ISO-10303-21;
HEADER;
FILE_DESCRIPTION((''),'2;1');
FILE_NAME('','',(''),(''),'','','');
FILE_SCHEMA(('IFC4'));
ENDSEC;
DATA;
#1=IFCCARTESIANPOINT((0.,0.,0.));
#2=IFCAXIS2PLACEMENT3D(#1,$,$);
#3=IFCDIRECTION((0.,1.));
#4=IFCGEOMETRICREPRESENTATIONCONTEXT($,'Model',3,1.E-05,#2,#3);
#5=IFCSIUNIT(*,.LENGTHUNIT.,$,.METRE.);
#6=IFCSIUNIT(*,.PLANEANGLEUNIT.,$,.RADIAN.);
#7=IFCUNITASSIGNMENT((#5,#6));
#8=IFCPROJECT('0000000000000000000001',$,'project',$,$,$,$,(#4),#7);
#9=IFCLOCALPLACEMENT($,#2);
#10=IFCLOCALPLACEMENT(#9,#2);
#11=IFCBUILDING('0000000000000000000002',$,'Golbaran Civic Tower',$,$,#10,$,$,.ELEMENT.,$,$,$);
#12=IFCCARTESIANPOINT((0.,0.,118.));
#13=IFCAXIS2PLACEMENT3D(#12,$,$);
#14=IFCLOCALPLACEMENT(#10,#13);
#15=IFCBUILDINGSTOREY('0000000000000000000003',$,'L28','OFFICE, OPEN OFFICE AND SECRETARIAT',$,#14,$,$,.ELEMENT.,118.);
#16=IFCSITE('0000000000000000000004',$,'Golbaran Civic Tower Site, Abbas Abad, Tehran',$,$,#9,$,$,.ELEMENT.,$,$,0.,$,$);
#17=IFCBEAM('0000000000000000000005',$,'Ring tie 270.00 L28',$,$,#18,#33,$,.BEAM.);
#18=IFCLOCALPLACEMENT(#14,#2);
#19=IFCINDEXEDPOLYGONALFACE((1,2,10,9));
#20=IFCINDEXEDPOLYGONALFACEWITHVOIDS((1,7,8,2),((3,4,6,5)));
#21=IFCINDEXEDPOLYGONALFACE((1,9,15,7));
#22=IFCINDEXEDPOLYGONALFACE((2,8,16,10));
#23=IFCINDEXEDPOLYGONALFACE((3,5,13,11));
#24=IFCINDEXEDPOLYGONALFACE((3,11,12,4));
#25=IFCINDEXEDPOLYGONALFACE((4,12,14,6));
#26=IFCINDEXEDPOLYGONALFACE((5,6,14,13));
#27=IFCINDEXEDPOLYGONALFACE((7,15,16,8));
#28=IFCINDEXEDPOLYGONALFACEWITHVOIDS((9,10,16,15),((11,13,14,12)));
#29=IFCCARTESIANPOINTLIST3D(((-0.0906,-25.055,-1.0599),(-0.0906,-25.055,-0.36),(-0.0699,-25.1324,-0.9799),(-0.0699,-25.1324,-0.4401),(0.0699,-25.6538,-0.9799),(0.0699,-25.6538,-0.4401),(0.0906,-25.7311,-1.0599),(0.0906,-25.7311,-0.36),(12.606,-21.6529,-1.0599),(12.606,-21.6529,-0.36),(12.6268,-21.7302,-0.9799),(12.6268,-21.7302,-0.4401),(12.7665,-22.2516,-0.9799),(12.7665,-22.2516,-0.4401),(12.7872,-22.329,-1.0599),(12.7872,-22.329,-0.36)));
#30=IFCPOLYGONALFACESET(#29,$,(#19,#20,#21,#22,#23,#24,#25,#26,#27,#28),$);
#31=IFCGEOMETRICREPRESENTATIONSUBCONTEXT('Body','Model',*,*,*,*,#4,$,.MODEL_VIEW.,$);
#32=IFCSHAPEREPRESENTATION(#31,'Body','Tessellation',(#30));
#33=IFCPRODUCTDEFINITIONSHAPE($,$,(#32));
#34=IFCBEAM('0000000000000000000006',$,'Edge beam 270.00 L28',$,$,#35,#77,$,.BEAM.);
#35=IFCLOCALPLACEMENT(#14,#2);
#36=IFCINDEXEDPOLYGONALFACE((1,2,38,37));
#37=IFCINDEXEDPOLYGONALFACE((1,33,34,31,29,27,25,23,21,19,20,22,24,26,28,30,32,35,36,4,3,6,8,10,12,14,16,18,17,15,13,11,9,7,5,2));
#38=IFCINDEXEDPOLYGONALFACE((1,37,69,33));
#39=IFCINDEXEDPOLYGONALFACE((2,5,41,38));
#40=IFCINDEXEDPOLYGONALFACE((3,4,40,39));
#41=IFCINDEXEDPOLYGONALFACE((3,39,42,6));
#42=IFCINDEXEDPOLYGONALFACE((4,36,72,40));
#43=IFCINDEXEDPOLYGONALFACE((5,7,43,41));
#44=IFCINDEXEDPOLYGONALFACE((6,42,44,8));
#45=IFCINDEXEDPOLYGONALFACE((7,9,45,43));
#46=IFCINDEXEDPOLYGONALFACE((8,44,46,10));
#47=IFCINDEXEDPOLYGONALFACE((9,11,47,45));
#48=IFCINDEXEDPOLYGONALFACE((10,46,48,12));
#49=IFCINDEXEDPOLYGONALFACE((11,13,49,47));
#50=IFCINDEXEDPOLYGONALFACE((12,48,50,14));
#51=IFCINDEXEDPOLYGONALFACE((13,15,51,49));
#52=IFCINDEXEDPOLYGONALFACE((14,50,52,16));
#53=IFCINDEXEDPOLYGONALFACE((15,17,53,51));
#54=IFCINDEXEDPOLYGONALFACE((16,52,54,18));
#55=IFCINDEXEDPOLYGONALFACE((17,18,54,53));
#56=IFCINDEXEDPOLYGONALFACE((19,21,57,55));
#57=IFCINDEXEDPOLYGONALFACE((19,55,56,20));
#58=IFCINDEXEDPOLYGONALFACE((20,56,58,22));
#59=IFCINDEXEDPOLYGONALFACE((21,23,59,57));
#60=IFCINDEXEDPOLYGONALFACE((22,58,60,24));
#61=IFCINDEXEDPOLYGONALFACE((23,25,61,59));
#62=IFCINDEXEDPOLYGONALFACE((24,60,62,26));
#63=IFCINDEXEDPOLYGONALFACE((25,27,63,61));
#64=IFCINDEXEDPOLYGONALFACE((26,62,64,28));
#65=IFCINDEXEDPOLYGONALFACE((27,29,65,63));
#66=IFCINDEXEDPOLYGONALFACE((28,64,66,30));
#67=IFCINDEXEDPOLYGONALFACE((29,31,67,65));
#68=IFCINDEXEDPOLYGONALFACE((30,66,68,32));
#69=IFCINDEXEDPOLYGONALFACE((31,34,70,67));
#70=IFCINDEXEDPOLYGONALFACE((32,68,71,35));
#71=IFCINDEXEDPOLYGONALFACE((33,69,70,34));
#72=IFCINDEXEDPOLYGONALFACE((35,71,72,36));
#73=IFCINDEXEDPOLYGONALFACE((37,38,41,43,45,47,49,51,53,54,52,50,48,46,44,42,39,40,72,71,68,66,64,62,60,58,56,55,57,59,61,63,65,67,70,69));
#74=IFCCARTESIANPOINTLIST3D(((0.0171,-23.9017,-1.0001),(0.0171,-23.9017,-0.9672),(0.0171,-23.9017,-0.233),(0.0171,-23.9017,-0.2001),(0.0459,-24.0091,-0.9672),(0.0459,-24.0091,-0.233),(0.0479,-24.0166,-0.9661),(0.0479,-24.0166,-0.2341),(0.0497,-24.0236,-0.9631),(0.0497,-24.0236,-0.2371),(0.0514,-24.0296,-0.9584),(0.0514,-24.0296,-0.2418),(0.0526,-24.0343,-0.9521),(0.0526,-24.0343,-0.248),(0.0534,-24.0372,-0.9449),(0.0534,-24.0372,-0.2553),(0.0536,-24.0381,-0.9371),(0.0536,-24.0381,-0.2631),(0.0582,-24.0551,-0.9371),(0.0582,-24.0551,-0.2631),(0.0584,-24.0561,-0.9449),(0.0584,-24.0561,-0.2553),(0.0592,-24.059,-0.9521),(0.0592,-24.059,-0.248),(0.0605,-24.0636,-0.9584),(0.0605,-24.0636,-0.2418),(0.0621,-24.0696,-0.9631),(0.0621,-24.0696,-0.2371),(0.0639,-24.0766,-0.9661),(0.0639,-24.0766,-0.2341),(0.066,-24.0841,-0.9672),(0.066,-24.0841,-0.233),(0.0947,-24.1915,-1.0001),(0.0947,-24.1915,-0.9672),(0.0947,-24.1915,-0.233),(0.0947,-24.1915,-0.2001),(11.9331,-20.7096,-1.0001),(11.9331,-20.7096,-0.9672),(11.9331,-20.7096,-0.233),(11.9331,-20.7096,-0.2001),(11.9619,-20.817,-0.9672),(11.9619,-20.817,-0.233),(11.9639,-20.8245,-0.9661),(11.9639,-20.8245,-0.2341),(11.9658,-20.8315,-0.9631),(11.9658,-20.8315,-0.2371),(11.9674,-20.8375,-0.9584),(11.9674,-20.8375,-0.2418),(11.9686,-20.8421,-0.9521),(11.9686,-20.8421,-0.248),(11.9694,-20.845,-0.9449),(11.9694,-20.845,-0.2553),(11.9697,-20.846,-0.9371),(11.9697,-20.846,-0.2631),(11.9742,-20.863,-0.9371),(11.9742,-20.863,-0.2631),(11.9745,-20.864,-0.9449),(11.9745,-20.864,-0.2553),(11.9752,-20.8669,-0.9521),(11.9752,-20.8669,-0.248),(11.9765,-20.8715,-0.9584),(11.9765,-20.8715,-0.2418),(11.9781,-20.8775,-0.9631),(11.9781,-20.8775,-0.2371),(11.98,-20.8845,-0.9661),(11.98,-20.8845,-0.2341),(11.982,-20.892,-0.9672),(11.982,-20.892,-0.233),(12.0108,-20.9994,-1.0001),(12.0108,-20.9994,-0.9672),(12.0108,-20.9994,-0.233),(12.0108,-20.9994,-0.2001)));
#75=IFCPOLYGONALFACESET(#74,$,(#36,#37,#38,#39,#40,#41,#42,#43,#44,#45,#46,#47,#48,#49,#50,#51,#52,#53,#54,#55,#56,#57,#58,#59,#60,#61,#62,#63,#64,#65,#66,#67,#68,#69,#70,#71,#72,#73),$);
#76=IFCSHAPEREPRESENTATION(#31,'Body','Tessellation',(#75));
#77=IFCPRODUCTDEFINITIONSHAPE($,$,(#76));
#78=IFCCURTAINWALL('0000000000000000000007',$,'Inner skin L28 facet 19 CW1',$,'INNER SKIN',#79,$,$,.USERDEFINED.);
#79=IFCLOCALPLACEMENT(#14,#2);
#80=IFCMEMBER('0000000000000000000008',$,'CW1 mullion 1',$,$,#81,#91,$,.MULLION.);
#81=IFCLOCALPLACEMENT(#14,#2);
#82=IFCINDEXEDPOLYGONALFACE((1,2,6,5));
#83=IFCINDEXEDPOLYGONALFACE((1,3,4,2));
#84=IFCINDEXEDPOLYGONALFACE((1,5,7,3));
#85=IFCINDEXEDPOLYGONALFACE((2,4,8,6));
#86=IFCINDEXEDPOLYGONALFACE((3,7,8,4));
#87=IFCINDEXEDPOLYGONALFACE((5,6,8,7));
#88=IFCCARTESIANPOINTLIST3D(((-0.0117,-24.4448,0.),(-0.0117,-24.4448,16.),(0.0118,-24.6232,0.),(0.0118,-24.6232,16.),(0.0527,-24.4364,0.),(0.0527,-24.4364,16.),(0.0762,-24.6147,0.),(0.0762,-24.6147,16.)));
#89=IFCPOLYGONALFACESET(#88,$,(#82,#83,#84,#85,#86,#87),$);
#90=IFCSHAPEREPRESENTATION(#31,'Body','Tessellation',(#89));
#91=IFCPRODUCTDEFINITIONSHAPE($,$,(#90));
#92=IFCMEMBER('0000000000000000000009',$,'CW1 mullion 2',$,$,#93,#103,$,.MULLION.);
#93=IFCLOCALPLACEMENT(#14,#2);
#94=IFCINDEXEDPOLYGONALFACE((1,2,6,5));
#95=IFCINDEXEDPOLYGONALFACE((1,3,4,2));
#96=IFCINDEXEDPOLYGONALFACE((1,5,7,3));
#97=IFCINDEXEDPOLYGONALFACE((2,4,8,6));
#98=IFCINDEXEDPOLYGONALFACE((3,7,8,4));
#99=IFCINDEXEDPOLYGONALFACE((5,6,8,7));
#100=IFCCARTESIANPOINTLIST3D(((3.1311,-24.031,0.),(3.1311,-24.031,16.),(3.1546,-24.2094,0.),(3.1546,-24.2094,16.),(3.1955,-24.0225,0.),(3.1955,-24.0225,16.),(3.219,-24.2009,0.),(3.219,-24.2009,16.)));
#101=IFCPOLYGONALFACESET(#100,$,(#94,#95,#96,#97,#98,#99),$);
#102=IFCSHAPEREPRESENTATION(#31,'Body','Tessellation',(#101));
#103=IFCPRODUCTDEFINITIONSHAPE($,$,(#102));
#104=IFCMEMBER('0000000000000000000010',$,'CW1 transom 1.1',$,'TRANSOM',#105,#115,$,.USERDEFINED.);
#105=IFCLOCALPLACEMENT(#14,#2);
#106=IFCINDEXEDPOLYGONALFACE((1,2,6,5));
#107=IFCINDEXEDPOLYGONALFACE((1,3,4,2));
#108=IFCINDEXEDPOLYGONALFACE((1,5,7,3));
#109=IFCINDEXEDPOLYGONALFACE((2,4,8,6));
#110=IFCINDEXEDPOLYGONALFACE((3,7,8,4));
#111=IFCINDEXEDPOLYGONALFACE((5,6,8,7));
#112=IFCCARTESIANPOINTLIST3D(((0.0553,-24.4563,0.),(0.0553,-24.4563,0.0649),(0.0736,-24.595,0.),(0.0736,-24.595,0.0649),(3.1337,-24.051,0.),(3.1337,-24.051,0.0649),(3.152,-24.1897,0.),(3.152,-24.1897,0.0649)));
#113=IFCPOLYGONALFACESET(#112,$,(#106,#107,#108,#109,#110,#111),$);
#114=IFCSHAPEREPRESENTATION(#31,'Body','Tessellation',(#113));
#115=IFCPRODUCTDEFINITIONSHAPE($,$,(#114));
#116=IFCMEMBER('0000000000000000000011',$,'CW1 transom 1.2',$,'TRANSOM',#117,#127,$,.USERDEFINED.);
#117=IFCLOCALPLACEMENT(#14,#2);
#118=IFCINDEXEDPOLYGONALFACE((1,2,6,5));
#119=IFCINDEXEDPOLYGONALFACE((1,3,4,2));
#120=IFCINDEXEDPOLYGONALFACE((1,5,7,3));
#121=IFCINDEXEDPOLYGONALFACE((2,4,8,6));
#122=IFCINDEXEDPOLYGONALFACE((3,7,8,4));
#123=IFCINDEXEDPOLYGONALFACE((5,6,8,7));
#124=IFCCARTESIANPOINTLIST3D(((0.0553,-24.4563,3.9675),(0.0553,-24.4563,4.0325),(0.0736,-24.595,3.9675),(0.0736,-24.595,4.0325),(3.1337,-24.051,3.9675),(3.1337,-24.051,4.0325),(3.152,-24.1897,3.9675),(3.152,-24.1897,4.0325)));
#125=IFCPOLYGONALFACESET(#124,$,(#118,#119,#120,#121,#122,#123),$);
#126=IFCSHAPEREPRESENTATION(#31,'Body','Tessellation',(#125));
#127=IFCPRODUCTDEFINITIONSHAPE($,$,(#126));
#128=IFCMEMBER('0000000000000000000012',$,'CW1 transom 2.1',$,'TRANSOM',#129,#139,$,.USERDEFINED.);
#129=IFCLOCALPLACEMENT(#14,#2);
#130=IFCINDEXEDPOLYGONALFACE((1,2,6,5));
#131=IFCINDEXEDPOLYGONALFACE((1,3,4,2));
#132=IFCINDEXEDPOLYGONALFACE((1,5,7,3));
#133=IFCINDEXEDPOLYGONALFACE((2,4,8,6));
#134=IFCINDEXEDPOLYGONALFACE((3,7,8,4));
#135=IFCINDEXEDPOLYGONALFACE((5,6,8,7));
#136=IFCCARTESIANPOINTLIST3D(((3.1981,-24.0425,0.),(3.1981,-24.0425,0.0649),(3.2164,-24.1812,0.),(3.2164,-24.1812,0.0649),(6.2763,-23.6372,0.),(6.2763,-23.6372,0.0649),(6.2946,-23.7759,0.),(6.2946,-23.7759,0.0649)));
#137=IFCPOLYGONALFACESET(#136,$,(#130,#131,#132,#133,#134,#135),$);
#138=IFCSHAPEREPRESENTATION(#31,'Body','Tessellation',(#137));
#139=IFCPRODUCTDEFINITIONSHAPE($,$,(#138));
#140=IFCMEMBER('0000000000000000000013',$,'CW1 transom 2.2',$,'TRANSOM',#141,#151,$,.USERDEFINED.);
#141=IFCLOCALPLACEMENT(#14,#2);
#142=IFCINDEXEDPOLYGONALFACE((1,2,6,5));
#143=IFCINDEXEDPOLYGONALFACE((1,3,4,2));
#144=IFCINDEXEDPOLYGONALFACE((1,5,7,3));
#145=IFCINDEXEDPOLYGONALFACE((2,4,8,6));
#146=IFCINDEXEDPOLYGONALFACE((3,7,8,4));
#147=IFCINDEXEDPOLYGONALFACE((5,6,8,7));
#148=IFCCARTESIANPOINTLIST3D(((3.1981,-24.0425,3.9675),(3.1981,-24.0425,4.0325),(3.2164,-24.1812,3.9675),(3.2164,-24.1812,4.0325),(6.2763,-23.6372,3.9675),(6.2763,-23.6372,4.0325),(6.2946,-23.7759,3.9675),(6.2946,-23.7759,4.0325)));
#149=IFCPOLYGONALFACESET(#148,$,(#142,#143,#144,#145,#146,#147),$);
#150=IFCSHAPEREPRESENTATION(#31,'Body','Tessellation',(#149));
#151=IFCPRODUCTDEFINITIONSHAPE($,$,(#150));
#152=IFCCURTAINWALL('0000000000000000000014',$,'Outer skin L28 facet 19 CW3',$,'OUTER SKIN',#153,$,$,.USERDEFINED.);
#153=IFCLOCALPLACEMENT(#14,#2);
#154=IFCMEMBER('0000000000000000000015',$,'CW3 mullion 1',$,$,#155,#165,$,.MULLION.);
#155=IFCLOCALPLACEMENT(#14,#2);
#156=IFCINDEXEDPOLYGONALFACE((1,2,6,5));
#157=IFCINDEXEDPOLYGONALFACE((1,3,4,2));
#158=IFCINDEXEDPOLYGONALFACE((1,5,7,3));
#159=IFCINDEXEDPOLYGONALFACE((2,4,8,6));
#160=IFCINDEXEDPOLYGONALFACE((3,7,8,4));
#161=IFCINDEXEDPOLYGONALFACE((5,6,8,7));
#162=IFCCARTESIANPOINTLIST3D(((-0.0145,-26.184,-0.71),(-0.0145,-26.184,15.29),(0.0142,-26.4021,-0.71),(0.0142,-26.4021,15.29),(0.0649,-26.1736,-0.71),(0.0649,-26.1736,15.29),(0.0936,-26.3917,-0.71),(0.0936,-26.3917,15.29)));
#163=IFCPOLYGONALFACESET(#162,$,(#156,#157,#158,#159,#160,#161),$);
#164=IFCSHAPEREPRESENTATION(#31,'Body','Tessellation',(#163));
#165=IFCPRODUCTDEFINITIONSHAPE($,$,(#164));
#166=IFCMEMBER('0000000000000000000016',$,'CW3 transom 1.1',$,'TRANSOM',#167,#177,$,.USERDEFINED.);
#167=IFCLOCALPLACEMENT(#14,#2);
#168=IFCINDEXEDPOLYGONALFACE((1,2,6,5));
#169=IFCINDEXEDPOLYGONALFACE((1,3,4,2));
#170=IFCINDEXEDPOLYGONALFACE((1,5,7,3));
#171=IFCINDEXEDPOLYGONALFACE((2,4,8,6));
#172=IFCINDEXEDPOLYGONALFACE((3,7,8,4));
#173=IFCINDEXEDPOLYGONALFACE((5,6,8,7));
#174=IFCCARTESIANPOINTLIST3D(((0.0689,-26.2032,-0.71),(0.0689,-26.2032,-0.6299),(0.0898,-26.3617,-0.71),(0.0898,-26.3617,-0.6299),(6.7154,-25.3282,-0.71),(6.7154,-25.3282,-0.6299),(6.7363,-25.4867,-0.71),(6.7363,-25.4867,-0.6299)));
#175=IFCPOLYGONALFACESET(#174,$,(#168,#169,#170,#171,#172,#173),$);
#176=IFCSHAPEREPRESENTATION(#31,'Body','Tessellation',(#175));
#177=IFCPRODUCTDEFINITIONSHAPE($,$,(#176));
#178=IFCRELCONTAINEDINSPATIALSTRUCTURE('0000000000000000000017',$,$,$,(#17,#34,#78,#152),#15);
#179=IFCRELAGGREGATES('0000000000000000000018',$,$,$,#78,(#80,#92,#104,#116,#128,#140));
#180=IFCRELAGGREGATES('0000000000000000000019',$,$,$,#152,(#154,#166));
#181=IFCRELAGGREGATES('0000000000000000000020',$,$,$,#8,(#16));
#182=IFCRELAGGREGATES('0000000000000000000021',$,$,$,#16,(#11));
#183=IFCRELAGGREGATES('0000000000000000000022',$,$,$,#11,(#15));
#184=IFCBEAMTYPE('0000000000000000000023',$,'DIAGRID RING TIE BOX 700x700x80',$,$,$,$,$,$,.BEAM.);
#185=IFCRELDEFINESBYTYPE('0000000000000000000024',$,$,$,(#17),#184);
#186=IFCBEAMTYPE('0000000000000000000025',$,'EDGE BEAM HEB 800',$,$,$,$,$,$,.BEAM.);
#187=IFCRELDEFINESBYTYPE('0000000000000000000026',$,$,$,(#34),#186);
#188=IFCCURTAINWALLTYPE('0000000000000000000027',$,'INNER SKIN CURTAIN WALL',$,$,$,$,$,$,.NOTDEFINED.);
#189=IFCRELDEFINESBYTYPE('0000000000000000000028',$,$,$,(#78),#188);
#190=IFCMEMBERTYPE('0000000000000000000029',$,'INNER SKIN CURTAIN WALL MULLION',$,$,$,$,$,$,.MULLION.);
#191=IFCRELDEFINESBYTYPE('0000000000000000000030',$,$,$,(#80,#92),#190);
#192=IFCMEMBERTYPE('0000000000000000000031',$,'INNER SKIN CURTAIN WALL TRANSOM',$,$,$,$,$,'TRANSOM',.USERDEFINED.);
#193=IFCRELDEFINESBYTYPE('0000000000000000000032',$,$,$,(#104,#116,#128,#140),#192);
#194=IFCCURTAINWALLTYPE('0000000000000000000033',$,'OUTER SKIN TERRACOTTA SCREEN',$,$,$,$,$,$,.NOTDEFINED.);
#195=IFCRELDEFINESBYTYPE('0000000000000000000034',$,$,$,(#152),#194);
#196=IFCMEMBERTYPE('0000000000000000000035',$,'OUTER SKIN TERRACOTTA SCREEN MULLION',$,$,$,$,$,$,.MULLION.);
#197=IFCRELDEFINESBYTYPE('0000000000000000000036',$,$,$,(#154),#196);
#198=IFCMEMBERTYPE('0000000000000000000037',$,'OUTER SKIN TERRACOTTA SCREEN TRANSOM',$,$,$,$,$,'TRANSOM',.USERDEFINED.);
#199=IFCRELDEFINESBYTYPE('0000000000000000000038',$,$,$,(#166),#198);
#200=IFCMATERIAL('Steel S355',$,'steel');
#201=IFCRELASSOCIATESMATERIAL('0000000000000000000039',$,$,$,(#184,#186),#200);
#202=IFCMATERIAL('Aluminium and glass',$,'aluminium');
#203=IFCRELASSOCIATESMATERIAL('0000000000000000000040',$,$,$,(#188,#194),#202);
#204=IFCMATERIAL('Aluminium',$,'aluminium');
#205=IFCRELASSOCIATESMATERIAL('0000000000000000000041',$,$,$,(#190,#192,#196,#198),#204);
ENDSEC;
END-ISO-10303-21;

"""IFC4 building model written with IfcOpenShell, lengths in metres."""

from ifc_helpers import new_model, si_unit, direction, frame, origin, origin_2d, place, context, subcontext, project, spatial, rectangle, hollow_rectangle, i_section, extrude, material, material_profile, profile_set, type_object, element, aggregate, save


model = new_model("IFC4")

# Units and contexts
model_context = context("Model", 3, precision=1e-05, world=origin(), true_north=direction((0.0, 1.0)))
body_context = subcontext(model_context, "Body", "Model", "MODEL_VIEW")
ifc_project = project(units=[si_unit("LENGTHUNIT", "METRE"), si_unit("PLANEANGLEUNIT", "RADIAN")], contexts=[model_context])

# Site, building, storey
site_placement = place(None, origin())
site = spatial("IfcSite", under=ifc_project, at=site_placement, Name="Golbaran Civic Tower Site, Abbas Abad, Tehran", CompositionType="ELEMENT", RefElevation=0.0)
building_placement = place(site_placement, origin())
building = spatial("IfcBuilding", under=site, at=building_placement, Name="Golbaran Civic Tower", CompositionType="ELEMENT")
storey_placement = place(building_placement, frame((0.0, 0.0, 118.0)))
storey = spatial("IfcBuildingStorey", under=building, at=storey_placement, Name="L28", Description="OFFICE, OPEN OFFICE AND SECRETARIAT", CompositionType="ELEMENT", Elevation=118.0)

# Beams
ifc_material_1 = material(Name="Steel S355", Category="steel")
ifc_material_profile_1 = material_profile(ifc_material_1, hollow_rectangle(XDim=0.7, YDim=0.7, WallThickness=0.0801, at=origin_2d()), Name="BOX 700x700x80")
ifc_profile_set_1 = profile_set([ifc_material_profile_1], Name="Steel S355")
beam_type_1 = type_object("IfcBeamType", Name="DIAGRID RING TIE BOX 700x700x80", PredefinedType="BEAM", material=ifc_profile_set_1)
beam_1_placement = place(storey_placement, frame((0.0, -25.3931, -0.71), z_axis=(0.965924, 0.258824, 0.0), x_axis=(-0.258824, 0.965924, 0.0)))
element("IfcBeam", 1, at=beam_1_placement, inside=storey, type_object=beam_type_1, Name="Ring tie 270.00 L28", PredefinedType="BEAM", context=body_context, shape_type="SweptSolid", body=[
    extrude(hollow_rectangle(XDim=0.7, YDim=0.7, WallThickness=0.0801, at=origin_2d()), origin(), (0.0, 0.0, 1.0), 13.1445),
])
ifc_material_profile_2 = material_profile(ifc_material_1, i_section(OverallWidth=0.3, OverallDepth=0.8, WebThickness=0.0176, FlangeThickness=0.033, FilletRadius=0.03, at=origin_2d()), Name="HEB 800")
ifc_profile_set_2 = profile_set([ifc_material_profile_2], Name="Steel S355")
beam_type_2 = type_object("IfcBeamType", Name="EDGE BEAM HEB 800", PredefinedType="BEAM", material=ifc_profile_set_2)
beam_2_placement = place(storey_placement, frame((0.0559, -24.0466, -0.6001), z_axis=(0.965941, 0.258762, 0.0), x_axis=(-0.258762, 0.965941, 0.0)))
element("IfcBeam", 2, at=beam_2_placement, inside=storey, type_object=beam_type_2, Name="Edge beam 270.00 L28", PredefinedType="BEAM", context=body_context, shape_type="SweptSolid", body=[
    extrude(i_section(OverallWidth=0.3, OverallDepth=0.8, WebThickness=0.0176, FlangeThickness=0.033, FilletRadius=0.03, at=origin_2d()), origin(), (0.0, 0.0, 1.0), 12.3362),
])

# Curtain walls, members
ifc_material_2 = material(Name="Aluminium and glass", Category="aluminium")
curtain_wall_type_1 = type_object("IfcCurtainWallType", Name="INNER SKIN CURTAIN WALL", PredefinedType="NOTDEFINED", material=ifc_material_2)
curtain_wall_1_placement = place(storey_placement, origin())
curtain_wall_1 = element("IfcCurtainWall", 3, at=curtain_wall_1_placement, inside=storey, type_object=curtain_wall_type_1, Name="Inner skin L28 facet 19 CW1", ObjectType="INNER SKIN", PredefinedType="USERDEFINED")
ifc_material_3 = material(Name="Aluminium", Category="aluminium")
ifc_material_profile_3 = material_profile(ifc_material_3, rectangle(XDim=0.1799, YDim=0.0649, at=origin_2d()), Name="INNER SKIN CURTAIN WALL MULLION")
ifc_profile_set_3 = profile_set([ifc_material_profile_3], Name="Aluminium")
member_type_1 = type_object("IfcMemberType", Name="INNER SKIN CURTAIN WALL MULLION", PredefinedType="MULLION", material=ifc_profile_set_3)
member_1_placement = place(storey_placement, frame((0.0322, -24.5298, 0.0), z_axis=(0.0, 0.0, 1.0), x_axis=(-0.130526, 0.991445, 0.0)))
member_1 = element("IfcMember", 4, at=member_1_placement, type_object=member_type_1, Name="CW1 mullion 1", PredefinedType="MULLION", context=body_context, shape_type="SweptSolid", body=[
    extrude(rectangle(XDim=0.1799, YDim=0.0649, at=origin_2d()), origin(), (0.0, 0.0, 1.0), 16.0),
])
member_2_placement = place(storey_placement, frame((3.175, -24.116, 0.0), z_axis=(0.0, 0.0, 1.0), x_axis=(-0.130526, 0.991445, 0.0)))
member_2 = element("IfcMember", 5, at=member_2_placement, type_object=member_type_1, Name="CW1 mullion 2", PredefinedType="MULLION", context=body_context, shape_type="SweptSolid", body=[
    extrude(rectangle(XDim=0.1799, YDim=0.0649, at=origin_2d()), origin(), (0.0, 0.0, 1.0), 16.0),
])
ifc_material_profile_4 = material_profile(ifc_material_3, rectangle(XDim=0.1399, YDim=0.0649, at=origin_2d()), Name="INNER SKIN CURTAIN WALL TRANSOM")
ifc_profile_set_4 = profile_set([ifc_material_profile_4], Name="Aluminium")
member_type_2 = type_object("IfcMemberType", Name="INNER SKIN CURTAIN WALL TRANSOM", ElementType="TRANSOM", PredefinedType="USERDEFINED", material=ifc_profile_set_4)
member_3_placement = place(storey_placement, frame((0.0645, -24.5256, 0.0325), z_axis=(0.991445, 0.130526, 0.0), x_axis=(-0.130526, 0.991445, 0.0)))
member_3 = element("IfcMember", 6, at=member_3_placement, type_object=member_type_2, Name="CW1 transom 1.1", ObjectType="TRANSOM", PredefinedType="USERDEFINED", context=body_context, shape_type="SweptSolid", body=[
    extrude(rectangle(XDim=0.1399, YDim=0.0649, at=origin_2d()), origin(), (0.0, 0.0, 1.0), 3.105),
])
member_4_placement = place(storey_placement, frame((0.0645, -24.5256, 4.0), z_axis=(0.991445, 0.130526, 0.0), x_axis=(-0.130526, 0.991445, 0.0)))
member_4 = element("IfcMember", 7, at=member_4_placement, type_object=member_type_2, Name="CW1 transom 1.2", ObjectType="TRANSOM", PredefinedType="USERDEFINED", context=body_context, shape_type="SweptSolid", body=[
    extrude(rectangle(XDim=0.1399, YDim=0.0649, at=origin_2d()), origin(), (0.0, 0.0, 1.0), 3.105),
])
member_5_placement = place(storey_placement, frame((3.2073, -24.1118, 0.0325), z_axis=(0.991444, 0.130536, 0.0), x_axis=(-0.130536, 0.991444, 0.0)))
member_5 = element("IfcMember", 8, at=member_5_placement, type_object=member_type_2, Name="CW1 transom 2.1", ObjectType="TRANSOM", PredefinedType="USERDEFINED", context=body_context, shape_type="SweptSolid", body=[
    extrude(rectangle(XDim=0.1399, YDim=0.0649, at=origin_2d()), origin(), (0.0, 0.0, 1.0), 3.1047),
])
member_6_placement = place(storey_placement, frame((3.2073, -24.1118, 4.0), z_axis=(0.991444, 0.130536, 0.0), x_axis=(-0.130536, 0.991444, 0.0)))
member_6 = element("IfcMember", 9, at=member_6_placement, type_object=member_type_2, Name="CW1 transom 2.2", ObjectType="TRANSOM", PredefinedType="USERDEFINED", context=body_context, shape_type="SweptSolid", body=[
    extrude(rectangle(XDim=0.1399, YDim=0.0649, at=origin_2d()), origin(), (0.0, 0.0, 1.0), 3.1047),
])
curtain_wall_type_2 = type_object("IfcCurtainWallType", Name="OUTER SKIN TERRACOTTA SCREEN", PredefinedType="NOTDEFINED", material=ifc_material_2)
curtain_wall_2_placement = place(storey_placement, origin())
curtain_wall_2 = element("IfcCurtainWall", 10, at=curtain_wall_2_placement, inside=storey, type_object=curtain_wall_type_2, Name="Outer skin L28 facet 19 CW3", ObjectType="OUTER SKIN", PredefinedType="USERDEFINED")
ifc_material_profile_5 = material_profile(ifc_material_3, rectangle(XDim=0.22, YDim=0.0801, at=origin_2d()), Name="OUTER SKIN TERRACOTTA SCREEN MULLION")
ifc_profile_set_5 = profile_set([ifc_material_profile_5], Name="Aluminium")
member_type_3 = type_object("IfcMemberType", Name="OUTER SKIN TERRACOTTA SCREEN MULLION", PredefinedType="MULLION", material=ifc_profile_set_5)
member_7_placement = place(storey_placement, frame((0.0396, -26.2878, -0.71), z_axis=(0.0, 0.0, 1.0), x_axis=(-0.130526, 0.991445, 0.0)))
member_7 = element("IfcMember", 11, at=member_7_placement, type_object=member_type_3, Name="CW3 mullion 1", PredefinedType="MULLION", context=body_context, shape_type="SweptSolid", body=[
    extrude(rectangle(XDim=0.22, YDim=0.0801, at=origin_2d()), origin(), (0.0, 0.0, 1.0), 16.0),
])
ifc_material_profile_6 = material_profile(ifc_material_3, rectangle(XDim=0.1599, YDim=0.0801, at=origin_2d()), Name="OUTER SKIN TERRACOTTA SCREEN TRANSOM")
ifc_profile_set_6 = profile_set([ifc_material_profile_6], Name="Aluminium")
member_type_4 = type_object("IfcMemberType", Name="OUTER SKIN TERRACOTTA SCREEN TRANSOM", ElementType="TRANSOM", PredefinedType="USERDEFINED", material=ifc_profile_set_6)
member_8_placement = place(storey_placement, frame((0.0793, -26.2825, -0.6699), z_axis=(0.991445, 0.130522, 0.0), x_axis=(-0.130522, 0.991445, 0.0)))
member_8 = element("IfcMember", 12, at=member_8_placement, type_object=member_type_4, Name="CW3 transom 1.1", ObjectType="TRANSOM", PredefinedType="USERDEFINED", context=body_context, shape_type="SweptSolid", body=[
    extrude(rectangle(XDim=0.1599, YDim=0.0801, at=origin_2d()), origin(), (0.0, 0.0, 1.0), 6.7039),
])

aggregate(curtain_wall_1, [member_1, member_2, member_3, member_4, member_5, member_6])
aggregate(curtain_wall_2, [member_7, member_8])

save(model, "model.ifc")
